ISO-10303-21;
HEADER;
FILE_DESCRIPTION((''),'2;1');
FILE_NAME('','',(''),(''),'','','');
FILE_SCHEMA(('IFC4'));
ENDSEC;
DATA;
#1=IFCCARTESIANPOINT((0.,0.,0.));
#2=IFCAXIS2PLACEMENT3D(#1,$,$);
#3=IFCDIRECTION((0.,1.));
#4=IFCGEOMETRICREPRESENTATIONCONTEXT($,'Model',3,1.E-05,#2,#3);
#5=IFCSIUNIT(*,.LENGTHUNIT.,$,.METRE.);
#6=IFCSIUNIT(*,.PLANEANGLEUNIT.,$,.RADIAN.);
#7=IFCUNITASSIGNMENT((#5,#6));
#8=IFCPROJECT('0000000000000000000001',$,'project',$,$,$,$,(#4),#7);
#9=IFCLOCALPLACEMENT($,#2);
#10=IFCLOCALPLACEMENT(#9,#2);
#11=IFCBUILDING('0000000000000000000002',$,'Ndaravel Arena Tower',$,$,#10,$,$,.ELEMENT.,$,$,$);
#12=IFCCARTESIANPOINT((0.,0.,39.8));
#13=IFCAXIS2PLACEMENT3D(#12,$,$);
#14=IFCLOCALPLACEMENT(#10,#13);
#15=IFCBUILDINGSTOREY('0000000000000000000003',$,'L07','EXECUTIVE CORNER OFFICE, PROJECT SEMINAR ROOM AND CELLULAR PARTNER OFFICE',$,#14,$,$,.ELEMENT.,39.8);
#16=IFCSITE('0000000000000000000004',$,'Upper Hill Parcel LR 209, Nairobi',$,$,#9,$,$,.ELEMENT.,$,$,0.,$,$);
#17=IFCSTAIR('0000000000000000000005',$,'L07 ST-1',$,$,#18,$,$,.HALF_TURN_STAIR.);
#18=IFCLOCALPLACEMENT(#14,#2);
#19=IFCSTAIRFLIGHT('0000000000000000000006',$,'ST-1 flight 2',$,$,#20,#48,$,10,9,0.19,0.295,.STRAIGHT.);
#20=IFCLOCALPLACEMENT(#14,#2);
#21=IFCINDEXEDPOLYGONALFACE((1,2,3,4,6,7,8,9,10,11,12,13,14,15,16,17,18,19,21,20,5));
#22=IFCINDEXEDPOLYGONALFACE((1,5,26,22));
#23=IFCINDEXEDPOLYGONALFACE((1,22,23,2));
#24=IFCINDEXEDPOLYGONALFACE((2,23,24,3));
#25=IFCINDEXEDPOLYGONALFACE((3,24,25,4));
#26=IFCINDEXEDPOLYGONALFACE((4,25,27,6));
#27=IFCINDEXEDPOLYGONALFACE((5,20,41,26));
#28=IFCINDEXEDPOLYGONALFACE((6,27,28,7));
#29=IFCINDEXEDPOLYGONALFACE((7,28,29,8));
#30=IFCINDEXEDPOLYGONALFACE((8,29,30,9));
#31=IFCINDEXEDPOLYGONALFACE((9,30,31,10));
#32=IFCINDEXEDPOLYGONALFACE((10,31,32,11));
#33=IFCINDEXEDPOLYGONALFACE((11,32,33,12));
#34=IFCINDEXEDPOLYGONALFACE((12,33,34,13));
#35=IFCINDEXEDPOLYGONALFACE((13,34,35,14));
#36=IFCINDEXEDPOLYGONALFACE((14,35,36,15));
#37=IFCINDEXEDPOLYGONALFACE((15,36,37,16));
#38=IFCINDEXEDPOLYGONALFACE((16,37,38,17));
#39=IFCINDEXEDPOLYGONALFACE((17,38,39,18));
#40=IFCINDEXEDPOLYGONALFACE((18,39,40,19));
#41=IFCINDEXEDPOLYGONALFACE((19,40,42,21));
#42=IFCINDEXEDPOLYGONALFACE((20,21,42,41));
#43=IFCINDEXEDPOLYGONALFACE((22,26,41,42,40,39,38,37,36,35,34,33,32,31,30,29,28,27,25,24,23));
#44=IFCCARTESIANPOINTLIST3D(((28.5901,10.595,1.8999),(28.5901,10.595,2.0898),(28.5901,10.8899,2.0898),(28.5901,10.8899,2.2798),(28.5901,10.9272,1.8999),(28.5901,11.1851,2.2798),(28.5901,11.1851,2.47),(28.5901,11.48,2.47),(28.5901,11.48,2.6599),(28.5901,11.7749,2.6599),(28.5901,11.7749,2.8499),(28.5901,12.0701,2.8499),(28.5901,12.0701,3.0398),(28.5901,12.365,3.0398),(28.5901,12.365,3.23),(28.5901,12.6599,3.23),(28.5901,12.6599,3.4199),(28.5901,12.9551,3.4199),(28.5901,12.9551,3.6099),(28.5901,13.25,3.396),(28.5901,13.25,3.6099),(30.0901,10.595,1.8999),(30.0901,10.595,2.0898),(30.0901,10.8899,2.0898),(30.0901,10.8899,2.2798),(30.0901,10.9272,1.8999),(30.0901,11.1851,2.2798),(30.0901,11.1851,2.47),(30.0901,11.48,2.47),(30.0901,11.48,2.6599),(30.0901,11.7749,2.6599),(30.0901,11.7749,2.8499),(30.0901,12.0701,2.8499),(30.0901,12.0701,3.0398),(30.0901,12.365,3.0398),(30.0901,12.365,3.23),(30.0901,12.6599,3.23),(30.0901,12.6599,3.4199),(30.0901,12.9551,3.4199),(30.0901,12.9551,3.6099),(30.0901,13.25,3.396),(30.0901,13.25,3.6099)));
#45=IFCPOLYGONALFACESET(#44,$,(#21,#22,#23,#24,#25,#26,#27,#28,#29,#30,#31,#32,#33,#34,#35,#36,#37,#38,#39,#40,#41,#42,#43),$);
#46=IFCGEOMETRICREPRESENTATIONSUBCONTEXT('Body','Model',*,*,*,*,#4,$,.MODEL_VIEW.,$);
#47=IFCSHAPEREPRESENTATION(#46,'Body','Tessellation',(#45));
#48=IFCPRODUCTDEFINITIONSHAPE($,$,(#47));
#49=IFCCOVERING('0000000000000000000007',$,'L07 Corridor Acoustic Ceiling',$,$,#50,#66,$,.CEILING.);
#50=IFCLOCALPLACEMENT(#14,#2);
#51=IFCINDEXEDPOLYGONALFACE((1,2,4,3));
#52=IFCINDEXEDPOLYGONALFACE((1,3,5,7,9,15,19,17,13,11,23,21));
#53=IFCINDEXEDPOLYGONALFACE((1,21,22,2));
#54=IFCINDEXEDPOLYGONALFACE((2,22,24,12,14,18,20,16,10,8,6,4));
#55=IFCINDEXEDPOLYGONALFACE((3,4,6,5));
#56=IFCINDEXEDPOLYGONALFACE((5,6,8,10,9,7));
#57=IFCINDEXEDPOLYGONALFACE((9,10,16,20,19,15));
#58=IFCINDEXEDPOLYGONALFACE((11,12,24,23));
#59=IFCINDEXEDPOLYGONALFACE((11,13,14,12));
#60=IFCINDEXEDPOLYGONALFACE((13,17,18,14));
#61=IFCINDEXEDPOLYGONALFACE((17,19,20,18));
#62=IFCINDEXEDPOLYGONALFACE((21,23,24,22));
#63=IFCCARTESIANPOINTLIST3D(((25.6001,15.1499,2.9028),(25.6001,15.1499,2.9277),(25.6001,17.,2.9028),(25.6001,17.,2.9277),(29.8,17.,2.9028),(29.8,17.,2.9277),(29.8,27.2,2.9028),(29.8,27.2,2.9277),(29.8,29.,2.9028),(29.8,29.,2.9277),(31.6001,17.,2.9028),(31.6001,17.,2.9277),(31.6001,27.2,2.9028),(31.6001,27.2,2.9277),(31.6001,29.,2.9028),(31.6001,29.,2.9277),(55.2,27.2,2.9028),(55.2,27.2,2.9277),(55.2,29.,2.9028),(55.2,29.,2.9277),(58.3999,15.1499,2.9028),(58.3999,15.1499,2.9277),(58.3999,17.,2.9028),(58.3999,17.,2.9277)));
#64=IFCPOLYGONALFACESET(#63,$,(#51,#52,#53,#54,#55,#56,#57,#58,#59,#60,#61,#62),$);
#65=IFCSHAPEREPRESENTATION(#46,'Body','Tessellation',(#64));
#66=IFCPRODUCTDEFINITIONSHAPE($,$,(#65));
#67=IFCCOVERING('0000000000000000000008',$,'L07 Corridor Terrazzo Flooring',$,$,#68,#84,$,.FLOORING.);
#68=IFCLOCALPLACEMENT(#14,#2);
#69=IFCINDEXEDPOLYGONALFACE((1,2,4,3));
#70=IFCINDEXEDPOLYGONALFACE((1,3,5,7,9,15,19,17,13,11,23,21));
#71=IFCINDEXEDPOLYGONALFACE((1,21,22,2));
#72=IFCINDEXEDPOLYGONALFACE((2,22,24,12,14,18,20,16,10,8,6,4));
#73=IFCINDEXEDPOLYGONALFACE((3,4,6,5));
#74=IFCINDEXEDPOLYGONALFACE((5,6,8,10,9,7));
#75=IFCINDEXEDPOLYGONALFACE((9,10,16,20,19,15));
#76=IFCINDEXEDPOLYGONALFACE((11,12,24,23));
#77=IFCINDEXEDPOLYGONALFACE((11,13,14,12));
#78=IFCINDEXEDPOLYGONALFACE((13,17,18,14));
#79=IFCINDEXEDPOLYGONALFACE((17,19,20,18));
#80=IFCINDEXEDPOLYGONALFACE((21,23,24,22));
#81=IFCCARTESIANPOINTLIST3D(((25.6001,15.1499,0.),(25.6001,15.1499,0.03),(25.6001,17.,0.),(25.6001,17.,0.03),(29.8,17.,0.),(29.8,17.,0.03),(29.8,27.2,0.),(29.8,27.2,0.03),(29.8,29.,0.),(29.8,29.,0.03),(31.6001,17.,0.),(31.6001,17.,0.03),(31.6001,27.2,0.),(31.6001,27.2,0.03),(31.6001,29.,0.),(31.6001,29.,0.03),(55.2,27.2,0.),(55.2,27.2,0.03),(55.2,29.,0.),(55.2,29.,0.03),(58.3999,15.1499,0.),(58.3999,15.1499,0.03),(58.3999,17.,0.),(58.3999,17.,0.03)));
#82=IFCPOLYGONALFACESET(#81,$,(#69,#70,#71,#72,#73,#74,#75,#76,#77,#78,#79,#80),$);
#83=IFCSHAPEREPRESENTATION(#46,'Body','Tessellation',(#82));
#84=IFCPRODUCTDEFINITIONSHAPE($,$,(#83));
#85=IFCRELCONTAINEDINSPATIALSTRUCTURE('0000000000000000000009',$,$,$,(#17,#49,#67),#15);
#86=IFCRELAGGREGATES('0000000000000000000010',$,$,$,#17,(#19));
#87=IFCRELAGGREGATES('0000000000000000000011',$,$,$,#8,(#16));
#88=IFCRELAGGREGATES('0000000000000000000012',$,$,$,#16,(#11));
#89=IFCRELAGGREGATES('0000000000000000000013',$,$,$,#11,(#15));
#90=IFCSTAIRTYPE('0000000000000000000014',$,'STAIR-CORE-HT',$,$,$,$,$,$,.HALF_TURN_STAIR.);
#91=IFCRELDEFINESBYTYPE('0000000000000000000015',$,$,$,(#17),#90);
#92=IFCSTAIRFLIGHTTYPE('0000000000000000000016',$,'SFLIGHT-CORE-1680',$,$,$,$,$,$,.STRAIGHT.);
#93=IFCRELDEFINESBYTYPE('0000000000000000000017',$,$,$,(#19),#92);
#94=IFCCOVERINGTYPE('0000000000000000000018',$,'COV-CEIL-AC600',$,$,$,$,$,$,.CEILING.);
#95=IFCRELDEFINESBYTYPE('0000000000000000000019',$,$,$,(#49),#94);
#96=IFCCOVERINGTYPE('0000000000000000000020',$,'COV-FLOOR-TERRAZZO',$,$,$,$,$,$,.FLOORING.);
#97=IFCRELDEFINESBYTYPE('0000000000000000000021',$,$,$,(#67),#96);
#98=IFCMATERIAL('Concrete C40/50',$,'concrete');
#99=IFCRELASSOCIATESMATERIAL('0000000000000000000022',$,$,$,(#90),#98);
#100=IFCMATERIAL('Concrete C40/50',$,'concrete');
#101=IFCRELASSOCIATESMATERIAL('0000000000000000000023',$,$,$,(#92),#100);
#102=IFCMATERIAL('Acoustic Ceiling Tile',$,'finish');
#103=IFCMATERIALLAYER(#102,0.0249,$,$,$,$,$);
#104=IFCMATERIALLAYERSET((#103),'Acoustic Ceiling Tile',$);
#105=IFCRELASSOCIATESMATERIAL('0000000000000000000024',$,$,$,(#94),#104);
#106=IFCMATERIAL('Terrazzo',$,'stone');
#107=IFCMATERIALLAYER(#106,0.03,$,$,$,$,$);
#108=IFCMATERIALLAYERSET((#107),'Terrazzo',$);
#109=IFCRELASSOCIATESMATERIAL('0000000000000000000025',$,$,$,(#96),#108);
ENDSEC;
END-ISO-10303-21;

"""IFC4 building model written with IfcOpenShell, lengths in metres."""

from ifc_helpers import new_model, si_unit, direction, frame, origin, place, context, subcontext, project, spatial, polyline, outline, extrude, material, layer, layer_set, type_object, element, aggregate, save


model = new_model("IFC4")

# Units and contexts
model_context = context("Model", 3, precision=1e-05, world=origin(), true_north=direction((0.0, 1.0)))
body_context = subcontext(model_context, "Body", "Model", "MODEL_VIEW")
ifc_project = project(units=[si_unit("LENGTHUNIT", "METRE"), si_unit("PLANEANGLEUNIT", "RADIAN")], contexts=[model_context])

# Site, building, storey
site_placement = place(None, origin())
site = spatial("IfcSite", under=ifc_project, at=site_placement, Name="Upper Hill Parcel LR 209, Nairobi", CompositionType="ELEMENT", RefElevation=0.0)
building_placement = place(site_placement, origin())
building = spatial("IfcBuilding", under=site, at=building_placement, Name="Ndaravel Arena Tower", CompositionType="ELEMENT")
storey_placement = place(building_placement, frame((0.0, 0.0, 39.8)))
storey = spatial("IfcBuildingStorey", under=building, at=storey_placement, Name="L07", Description="EXECUTIVE CORNER OFFICE, PROJECT SEMINAR ROOM AND CELLULAR PARTNER OFFICE", CompositionType="ELEMENT", Elevation=39.8)

# Stair
ifc_material_1 = material(Name="Concrete C40/50", Category="concrete")
stair_type = type_object("IfcStairType", Name="STAIR-CORE-HT", PredefinedType="HALF_TURN_STAIR", material=ifc_material_1)
stair_1_placement = place(storey_placement, origin())
stair_1 = element("IfcStair", 1, at=stair_1_placement, inside=storey, type_object=stair_type, Name="L07 ST-1", PredefinedType="HALF_TURN_STAIR")

# Stair flight
ifc_material_2 = material(Name="Concrete C40/50", Category="concrete")
stair_flight_type = type_object("IfcStairFlightType", Name="SFLIGHT-CORE-1680", PredefinedType="STRAIGHT", material=ifc_material_2)
stair_flight_1_placement = place(storey_placement, frame((29.3401, 10.595, 1.8999), z_axis=(0.0, 0.0, 1.0), x_axis=(0.0, 1.0, 0.0)))
stair_flight_1 = element("IfcStairFlight", 2, at=stair_flight_1_placement, type_object=stair_flight_type, Name="ST-1 flight 2", NumberOfRisers=10, NumberOfTreads=9, PredefinedType="STRAIGHT", RiserHeight=0.19, TreadLength=0.295, context=body_context, shape_type="SweptSolid", body=[
    extrude(outline(polyline([(0.0, 0.0), (0.0, 0.1899), (0.2949, 0.1899), (0.2949, 0.3799), (0.5901, 0.3799), (0.5901, 0.5701), (0.885, 0.5701), (0.885, 0.76), (1.1799, 0.76), (1.1799, 0.95), (1.4751, 0.95), (1.4751, 1.1399), (1.77, 1.1399), (1.77, 1.3301), (2.0649, 1.3301), (2.0649, 1.52), (2.3601, 1.52), (2.3601, 1.71), (2.655, 1.71), (2.655, 1.8999), (2.655, 1.4961), (0.3323, 0.0), (0.0, 0.0)])), frame((0.0, 0.75, 0.0), z_axis=(0.0, -1.0, 0.0), x_axis=(1.0, 0.0, 0.0)), (0.0, 0.0, 1.0), 1.5),
])
aggregate(stair_1, [stair_flight_1])

# Coverings
ifc_material_3 = material(Name="Acoustic Ceiling Tile", Category="finish")
ifc_layer_1 = layer(ifc_material_3, 0.0249)
ifc_layer_set_1 = layer_set([ifc_layer_1], Name="Acoustic Ceiling Tile")
covering_type_1 = type_object("IfcCoveringType", Name="COV-CEIL-AC600", PredefinedType="CEILING", material=ifc_layer_set_1)
covering_1_placement = place(storey_placement, frame((0.0, 0.0, 2.9028)))
element("IfcCovering", 3, at=covering_1_placement, inside=storey, type_object=covering_type_1, Name="L07 Corridor Acoustic Ceiling", PredefinedType="CEILING", context=body_context, shape_type="SweptSolid", body=[
    extrude(outline(polyline([(58.3999, 17.0), (31.6001, 17.0), (31.6001, 27.2), (55.2, 27.2), (55.2, 29.0), (31.6001, 29.0), (29.8, 29.0), (29.8, 27.2), (29.8, 17.0), (25.6001, 17.0), (25.6001, 15.1499), (58.3999, 15.1499), (58.3999, 17.0)])), origin(), (0.0, 0.0, 1.0), 0.0249),
])
ifc_material_4 = material(Name="Terrazzo", Category="stone")
ifc_layer_2 = layer(ifc_material_4, 0.03)
ifc_layer_set_2 = layer_set([ifc_layer_2], Name="Terrazzo")
covering_type_2 = type_object("IfcCoveringType", Name="COV-FLOOR-TERRAZZO", PredefinedType="FLOORING", material=ifc_layer_set_2)
covering_2_placement = place(storey_placement, origin())
element("IfcCovering", 4, at=covering_2_placement, inside=storey, type_object=covering_type_2, Name="L07 Corridor Terrazzo Flooring", PredefinedType="FLOORING", context=body_context, shape_type="SweptSolid", body=[
    extrude(outline(polyline([(58.3999, 17.0), (31.6001, 17.0), (31.6001, 27.2), (55.2, 27.2), (55.2, 29.0), (31.6001, 29.0), (29.8, 29.0), (29.8, 27.2), (29.8, 17.0), (25.6001, 17.0), (25.6001, 15.1499), (58.3999, 15.1499), (58.3999, 17.0)])), origin(), (0.0, 0.0, 1.0), 0.03),
])

save(model, "model.ifc")
